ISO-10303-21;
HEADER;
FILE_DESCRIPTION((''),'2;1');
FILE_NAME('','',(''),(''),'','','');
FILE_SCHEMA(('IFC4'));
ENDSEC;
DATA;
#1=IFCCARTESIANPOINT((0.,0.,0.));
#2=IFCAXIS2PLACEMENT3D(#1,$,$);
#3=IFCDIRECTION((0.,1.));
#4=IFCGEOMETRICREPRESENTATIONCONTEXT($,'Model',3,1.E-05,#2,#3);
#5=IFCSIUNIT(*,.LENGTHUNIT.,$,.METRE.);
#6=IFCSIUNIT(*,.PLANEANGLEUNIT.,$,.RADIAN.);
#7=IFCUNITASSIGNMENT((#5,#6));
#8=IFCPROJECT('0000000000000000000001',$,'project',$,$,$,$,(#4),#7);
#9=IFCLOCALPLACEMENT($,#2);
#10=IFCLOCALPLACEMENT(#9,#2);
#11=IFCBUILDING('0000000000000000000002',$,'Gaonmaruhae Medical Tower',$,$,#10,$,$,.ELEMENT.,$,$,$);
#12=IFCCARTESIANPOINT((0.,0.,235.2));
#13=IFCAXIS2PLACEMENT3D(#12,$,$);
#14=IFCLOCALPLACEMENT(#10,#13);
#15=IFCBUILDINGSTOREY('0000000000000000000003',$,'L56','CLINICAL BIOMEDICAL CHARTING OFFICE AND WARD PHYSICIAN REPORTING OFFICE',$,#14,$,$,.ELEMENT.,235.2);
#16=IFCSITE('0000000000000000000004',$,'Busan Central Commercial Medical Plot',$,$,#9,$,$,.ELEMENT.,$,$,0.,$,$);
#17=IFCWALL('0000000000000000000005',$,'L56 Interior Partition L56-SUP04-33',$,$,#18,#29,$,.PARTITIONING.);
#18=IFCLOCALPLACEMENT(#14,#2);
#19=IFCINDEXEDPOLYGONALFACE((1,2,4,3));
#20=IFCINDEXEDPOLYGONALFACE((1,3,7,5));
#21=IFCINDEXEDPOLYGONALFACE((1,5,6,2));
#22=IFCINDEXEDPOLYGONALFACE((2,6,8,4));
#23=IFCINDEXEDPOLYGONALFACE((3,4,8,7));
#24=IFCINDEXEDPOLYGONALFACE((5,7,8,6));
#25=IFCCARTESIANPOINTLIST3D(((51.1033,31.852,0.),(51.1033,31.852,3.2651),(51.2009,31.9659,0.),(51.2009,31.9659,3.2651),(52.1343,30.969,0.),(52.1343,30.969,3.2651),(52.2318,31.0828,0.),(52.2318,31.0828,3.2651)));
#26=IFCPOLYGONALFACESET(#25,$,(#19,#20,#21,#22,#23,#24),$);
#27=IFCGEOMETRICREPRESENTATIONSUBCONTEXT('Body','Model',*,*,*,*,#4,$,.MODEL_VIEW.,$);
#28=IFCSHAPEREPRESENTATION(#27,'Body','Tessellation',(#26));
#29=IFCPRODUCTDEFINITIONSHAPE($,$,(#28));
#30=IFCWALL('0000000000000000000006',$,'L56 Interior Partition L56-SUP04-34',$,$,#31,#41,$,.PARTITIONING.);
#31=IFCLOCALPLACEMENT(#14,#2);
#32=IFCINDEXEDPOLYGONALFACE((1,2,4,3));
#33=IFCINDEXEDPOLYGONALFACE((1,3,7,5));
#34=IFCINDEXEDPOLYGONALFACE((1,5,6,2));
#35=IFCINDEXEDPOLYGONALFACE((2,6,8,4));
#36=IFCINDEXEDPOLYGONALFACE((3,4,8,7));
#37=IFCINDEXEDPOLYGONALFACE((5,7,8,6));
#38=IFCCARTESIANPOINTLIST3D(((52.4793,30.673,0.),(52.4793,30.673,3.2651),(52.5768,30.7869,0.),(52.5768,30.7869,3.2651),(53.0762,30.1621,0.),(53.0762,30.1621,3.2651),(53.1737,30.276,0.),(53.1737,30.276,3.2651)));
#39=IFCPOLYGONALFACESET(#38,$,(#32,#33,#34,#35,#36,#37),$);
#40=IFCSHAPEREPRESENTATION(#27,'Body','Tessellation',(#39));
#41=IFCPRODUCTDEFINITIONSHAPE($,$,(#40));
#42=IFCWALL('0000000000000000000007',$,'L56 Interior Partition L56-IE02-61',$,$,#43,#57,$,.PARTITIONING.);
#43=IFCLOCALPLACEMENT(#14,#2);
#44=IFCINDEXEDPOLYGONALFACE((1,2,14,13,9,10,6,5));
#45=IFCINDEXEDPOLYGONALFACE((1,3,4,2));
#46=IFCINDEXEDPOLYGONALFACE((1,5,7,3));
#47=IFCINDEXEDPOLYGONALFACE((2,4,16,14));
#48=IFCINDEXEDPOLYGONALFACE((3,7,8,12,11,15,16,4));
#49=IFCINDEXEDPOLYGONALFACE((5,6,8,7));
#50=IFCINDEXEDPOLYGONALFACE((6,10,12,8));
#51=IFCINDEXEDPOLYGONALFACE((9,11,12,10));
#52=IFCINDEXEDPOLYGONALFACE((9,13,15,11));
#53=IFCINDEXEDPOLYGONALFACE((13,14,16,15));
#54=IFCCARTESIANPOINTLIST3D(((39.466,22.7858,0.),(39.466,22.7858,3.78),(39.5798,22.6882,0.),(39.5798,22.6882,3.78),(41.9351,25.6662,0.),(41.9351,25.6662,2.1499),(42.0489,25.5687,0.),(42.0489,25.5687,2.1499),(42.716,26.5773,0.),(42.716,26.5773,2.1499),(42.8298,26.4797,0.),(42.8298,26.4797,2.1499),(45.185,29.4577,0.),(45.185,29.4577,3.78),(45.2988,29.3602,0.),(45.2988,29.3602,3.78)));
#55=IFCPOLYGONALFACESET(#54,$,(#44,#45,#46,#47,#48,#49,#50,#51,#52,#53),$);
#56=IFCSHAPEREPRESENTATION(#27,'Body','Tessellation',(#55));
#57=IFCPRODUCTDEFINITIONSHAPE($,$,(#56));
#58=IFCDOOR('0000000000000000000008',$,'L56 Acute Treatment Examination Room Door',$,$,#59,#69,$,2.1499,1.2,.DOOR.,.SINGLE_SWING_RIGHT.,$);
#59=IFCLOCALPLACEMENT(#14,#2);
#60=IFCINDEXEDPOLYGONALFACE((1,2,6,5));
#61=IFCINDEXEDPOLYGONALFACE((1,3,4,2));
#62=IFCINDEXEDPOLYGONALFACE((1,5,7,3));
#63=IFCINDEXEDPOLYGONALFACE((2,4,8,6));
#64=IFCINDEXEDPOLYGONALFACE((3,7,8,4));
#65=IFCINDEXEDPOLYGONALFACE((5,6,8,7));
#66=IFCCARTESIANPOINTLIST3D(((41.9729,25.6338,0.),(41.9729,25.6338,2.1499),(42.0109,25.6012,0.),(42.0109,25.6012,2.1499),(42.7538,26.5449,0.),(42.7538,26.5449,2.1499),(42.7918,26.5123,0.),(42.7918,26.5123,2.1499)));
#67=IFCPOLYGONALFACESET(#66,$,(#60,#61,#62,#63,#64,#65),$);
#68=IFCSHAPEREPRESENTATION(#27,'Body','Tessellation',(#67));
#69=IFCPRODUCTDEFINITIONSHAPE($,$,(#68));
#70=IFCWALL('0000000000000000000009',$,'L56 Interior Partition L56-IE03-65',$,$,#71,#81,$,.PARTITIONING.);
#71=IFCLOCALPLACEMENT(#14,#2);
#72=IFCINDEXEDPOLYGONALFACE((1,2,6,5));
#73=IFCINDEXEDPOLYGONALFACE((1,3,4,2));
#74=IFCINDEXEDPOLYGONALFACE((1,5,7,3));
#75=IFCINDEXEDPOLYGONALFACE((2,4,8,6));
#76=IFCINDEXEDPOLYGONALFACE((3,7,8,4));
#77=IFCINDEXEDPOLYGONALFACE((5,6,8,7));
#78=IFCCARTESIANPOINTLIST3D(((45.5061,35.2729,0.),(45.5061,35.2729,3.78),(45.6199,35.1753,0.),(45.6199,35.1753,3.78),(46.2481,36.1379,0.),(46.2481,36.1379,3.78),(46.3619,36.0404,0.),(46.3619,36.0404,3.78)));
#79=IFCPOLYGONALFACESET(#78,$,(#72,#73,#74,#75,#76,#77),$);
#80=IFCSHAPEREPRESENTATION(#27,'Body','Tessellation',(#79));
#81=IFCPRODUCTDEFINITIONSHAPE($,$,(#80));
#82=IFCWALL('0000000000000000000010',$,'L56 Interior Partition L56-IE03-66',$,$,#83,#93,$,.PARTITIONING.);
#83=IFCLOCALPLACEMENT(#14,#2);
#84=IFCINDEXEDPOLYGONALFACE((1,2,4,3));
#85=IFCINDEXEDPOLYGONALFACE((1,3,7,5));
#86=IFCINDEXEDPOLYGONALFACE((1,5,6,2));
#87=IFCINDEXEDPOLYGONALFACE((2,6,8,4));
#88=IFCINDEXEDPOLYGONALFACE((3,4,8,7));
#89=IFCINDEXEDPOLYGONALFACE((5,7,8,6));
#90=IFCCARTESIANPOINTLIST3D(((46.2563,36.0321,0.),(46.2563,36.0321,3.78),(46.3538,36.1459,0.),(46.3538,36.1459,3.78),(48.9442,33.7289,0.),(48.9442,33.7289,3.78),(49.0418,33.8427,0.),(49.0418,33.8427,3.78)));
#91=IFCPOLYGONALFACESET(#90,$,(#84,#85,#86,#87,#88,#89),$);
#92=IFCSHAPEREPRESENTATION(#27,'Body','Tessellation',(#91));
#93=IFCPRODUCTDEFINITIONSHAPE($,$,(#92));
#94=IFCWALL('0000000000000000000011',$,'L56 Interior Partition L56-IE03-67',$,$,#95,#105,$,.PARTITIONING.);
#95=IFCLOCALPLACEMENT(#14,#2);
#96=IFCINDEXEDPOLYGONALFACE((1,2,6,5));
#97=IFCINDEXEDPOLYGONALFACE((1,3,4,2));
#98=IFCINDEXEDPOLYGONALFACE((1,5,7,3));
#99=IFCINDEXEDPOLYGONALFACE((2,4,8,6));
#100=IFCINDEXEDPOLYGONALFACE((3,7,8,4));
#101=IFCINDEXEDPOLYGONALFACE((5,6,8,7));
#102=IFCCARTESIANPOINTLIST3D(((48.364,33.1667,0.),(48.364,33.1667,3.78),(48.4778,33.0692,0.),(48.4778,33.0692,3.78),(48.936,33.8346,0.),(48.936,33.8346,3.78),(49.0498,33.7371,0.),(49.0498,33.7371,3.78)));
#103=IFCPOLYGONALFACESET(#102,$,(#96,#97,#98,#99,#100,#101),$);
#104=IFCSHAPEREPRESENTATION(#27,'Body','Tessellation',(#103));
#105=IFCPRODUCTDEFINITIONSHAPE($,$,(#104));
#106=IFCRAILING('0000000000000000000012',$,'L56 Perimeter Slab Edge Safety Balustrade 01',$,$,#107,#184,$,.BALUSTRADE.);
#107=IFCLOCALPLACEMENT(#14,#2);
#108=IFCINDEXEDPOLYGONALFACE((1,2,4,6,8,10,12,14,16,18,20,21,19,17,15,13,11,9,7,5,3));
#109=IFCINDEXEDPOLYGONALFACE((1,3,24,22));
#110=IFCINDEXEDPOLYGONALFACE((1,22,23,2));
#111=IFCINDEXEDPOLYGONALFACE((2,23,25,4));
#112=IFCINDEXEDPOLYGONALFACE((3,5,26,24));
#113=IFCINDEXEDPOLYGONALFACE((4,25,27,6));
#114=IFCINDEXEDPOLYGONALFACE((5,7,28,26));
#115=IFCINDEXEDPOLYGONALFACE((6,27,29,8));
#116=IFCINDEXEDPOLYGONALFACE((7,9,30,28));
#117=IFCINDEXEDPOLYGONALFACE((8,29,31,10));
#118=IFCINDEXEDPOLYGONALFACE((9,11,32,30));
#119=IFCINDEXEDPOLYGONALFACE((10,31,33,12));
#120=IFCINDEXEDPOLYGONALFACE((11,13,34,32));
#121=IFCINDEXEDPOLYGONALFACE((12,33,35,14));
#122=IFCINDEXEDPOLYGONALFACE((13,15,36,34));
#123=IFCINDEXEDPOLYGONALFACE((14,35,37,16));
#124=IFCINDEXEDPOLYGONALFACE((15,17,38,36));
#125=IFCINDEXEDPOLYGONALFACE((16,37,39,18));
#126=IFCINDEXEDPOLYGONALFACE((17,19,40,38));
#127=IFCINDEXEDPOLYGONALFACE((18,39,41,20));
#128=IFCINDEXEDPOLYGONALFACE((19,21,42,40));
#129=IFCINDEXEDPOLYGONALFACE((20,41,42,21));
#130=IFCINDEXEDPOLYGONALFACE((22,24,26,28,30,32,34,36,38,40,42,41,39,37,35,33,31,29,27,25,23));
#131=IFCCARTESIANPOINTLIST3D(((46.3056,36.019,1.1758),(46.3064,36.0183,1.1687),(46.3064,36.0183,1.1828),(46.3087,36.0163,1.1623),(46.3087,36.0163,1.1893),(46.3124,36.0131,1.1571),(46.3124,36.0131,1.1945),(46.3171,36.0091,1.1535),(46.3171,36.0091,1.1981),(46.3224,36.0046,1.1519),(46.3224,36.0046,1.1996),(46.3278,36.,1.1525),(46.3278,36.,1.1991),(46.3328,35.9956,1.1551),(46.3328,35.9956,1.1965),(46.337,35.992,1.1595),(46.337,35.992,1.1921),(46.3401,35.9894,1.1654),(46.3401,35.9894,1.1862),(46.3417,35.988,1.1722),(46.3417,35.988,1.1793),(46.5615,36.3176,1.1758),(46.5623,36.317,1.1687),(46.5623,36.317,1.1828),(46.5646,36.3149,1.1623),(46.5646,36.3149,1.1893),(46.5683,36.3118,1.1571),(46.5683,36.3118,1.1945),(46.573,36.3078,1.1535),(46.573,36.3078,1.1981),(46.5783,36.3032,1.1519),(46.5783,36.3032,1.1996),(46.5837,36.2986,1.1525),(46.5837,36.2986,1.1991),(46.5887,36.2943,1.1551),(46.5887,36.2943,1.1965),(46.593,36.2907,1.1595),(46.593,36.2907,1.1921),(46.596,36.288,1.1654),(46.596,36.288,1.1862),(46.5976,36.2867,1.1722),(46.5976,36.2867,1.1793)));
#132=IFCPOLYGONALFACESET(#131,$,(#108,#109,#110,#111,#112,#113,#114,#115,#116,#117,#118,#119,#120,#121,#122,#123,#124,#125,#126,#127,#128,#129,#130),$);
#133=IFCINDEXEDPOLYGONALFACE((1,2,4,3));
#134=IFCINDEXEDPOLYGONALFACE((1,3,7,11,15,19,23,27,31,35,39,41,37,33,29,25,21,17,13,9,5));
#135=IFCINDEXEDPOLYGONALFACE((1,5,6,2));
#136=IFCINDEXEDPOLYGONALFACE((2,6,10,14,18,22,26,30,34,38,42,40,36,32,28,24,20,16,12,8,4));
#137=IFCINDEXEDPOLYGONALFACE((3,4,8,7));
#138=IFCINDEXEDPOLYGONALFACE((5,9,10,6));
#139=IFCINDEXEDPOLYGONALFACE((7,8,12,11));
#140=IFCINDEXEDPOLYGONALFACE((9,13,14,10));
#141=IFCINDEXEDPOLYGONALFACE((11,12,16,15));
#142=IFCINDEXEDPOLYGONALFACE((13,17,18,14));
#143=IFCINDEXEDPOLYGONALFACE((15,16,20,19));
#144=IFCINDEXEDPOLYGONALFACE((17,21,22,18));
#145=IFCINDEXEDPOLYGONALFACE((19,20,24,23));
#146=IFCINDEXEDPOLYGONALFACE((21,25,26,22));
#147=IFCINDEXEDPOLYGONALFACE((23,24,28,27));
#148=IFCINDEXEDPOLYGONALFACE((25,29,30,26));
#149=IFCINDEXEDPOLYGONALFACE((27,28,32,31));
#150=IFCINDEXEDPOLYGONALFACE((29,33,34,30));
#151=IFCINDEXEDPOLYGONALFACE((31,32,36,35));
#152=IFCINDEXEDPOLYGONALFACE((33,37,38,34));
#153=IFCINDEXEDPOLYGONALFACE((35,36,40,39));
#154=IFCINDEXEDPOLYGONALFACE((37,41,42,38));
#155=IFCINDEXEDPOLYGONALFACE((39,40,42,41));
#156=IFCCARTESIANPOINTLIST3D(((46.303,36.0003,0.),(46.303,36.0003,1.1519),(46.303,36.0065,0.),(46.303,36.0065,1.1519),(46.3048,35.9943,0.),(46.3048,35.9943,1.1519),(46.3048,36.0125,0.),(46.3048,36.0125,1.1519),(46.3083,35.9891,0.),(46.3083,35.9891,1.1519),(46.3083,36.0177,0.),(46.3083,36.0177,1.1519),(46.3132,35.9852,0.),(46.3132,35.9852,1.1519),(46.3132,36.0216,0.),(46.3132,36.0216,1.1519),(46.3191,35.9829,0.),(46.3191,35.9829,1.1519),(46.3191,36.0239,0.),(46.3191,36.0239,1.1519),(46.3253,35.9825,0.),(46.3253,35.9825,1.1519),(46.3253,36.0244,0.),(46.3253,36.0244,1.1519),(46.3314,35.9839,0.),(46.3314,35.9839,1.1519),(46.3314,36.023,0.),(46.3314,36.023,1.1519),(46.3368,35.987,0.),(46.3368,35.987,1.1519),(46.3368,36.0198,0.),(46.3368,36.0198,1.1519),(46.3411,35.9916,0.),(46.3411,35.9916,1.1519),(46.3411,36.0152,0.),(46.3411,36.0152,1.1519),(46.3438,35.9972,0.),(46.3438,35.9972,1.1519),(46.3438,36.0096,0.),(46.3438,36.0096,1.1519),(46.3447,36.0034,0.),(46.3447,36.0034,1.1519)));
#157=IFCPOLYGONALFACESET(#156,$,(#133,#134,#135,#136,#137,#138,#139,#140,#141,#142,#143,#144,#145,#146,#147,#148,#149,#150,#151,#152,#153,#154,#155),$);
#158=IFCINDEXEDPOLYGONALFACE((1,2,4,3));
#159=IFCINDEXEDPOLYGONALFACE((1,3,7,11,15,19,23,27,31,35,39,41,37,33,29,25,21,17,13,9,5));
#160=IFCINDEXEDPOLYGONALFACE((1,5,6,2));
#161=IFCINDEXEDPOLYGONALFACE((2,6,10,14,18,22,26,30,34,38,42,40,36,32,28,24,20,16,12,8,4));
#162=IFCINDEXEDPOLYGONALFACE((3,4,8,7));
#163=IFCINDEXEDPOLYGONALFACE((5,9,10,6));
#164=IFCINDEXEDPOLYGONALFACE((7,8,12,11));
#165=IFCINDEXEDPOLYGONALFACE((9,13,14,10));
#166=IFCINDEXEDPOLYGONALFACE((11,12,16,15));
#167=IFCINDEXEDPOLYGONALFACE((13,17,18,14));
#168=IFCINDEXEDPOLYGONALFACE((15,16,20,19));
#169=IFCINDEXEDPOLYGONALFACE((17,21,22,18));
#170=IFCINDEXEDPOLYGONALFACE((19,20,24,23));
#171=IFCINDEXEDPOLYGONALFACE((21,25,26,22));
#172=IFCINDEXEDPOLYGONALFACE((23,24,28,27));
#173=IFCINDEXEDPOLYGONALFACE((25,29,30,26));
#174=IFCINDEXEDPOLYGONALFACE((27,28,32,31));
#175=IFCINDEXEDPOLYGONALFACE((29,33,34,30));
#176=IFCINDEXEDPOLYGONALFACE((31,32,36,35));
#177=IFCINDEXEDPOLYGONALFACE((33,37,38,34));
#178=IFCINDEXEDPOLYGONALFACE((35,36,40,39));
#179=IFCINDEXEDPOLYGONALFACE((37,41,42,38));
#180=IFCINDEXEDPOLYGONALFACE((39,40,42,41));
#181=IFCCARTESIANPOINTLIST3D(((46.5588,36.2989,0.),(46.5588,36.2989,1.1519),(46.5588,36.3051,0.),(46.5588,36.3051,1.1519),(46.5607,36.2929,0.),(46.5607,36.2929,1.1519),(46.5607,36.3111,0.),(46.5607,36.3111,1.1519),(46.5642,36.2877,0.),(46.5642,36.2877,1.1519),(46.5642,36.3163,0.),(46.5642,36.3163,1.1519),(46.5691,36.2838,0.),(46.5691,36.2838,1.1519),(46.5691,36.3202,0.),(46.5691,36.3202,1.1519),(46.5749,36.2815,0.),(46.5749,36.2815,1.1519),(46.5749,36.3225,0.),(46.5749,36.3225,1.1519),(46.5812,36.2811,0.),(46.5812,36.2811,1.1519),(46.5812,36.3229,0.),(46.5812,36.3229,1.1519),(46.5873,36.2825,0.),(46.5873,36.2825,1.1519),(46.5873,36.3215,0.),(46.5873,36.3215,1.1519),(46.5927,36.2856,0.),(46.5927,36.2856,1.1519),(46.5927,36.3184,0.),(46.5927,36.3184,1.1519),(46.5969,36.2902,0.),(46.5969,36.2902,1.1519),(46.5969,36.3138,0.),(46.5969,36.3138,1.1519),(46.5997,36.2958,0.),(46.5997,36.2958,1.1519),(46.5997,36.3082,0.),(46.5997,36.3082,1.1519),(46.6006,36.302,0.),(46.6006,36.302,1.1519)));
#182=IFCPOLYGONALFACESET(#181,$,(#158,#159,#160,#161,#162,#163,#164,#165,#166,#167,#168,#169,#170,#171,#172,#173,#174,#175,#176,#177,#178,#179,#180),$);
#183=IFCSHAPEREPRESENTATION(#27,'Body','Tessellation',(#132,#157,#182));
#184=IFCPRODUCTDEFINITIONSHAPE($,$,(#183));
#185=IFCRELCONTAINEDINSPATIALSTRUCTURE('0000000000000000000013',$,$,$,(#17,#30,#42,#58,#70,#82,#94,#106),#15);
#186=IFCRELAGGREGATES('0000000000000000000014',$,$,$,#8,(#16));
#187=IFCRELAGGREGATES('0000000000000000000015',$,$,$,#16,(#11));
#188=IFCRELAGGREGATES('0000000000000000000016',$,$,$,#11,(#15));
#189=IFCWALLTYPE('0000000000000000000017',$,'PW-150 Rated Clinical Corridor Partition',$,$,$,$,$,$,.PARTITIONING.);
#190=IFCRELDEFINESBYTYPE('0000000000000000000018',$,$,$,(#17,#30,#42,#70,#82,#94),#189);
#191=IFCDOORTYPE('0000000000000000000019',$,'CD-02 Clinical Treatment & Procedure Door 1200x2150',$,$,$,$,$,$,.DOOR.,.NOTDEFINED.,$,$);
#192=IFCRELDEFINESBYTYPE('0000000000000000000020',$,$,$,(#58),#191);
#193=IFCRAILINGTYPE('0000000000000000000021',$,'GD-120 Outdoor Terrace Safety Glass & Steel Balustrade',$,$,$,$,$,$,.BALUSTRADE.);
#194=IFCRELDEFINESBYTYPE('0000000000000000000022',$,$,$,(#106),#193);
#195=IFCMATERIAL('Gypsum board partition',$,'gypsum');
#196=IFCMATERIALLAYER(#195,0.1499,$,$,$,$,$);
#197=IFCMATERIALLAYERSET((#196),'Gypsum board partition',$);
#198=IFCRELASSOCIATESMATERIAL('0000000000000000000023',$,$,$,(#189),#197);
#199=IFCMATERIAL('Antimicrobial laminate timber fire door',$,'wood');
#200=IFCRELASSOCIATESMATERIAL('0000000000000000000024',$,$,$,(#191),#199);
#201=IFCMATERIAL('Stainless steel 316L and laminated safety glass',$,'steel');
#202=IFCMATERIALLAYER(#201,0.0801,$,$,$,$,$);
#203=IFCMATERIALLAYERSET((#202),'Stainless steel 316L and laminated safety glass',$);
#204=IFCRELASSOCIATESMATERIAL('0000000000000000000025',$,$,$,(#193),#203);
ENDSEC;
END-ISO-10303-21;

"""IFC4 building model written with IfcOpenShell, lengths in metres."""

from ifc_helpers import new_model, si_unit, direction, frame, frame_2d, origin, origin_2d, place, context, subcontext, project, spatial, rectangle, circle, extrude, material, layer, layer_set, type_object, element, fill, save


model = new_model("IFC4")

# Units and contexts
model_context = context("Model", 3, precision=1e-05, world=origin(), true_north=direction((0.0, 1.0)))
body_context = subcontext(model_context, "Body", "Model", "MODEL_VIEW")
ifc_project = project(units=[si_unit("LENGTHUNIT", "METRE"), si_unit("PLANEANGLEUNIT", "RADIAN")], contexts=[model_context])

# Site, building, storey
site_placement = place(None, origin())
site = spatial("IfcSite", under=ifc_project, at=site_placement, Name="Busan Central Commercial Medical Plot", CompositionType="ELEMENT", RefElevation=0.0)
building_placement = place(site_placement, origin())
building = spatial("IfcBuilding", under=site, at=building_placement, Name="Gaonmaruhae Medical Tower", CompositionType="ELEMENT")
storey_placement = place(building_placement, frame((0.0, 0.0, 235.2)))
storey = spatial("IfcBuildingStorey", under=building, at=storey_placement, Name="L56", Description="CLINICAL BIOMEDICAL CHARTING OFFICE AND WARD PHYSICIAN REPORTING OFFICE", CompositionType="ELEMENT", Elevation=235.2)

# Shared definitions
ifc_material_1 = material(Name="Gypsum board partition", Category="gypsum")
ifc_layer_1 = layer(ifc_material_1, 0.1499)
ifc_layer_set_1 = layer_set([ifc_layer_1], Name="Gypsum board partition")
wall_type_1 = type_object("IfcWallType", Name="PW-150 Rated Clinical Corridor Partition", PredefinedType="PARTITIONING", material=ifc_layer_set_1)
ifc_material_2 = material(Name="Antimicrobial laminate timber fire door", Category="wood")
door_type = type_object("IfcDoorType", Name="CD-02 Clinical Treatment & Procedure Door 1200x2150", OperationType="NOTDEFINED", PredefinedType="DOOR", material=ifc_material_2)

# Walls
wall_1_placement = place(storey_placement, frame((51.1521, 31.9089, 0.0), z_axis=(0.0, 0.0, 1.0), x_axis=(0.759498, -0.65051, 0.0)))
element("IfcWall", 1, at=wall_1_placement, inside=storey, type_object=wall_type_1, Name="L56 Interior Partition L56-SUP04-33", PredefinedType="PARTITIONING", context=body_context, shape_type="SweptSolid", body=[
    extrude(rectangle(XDim=1.3574, YDim=0.1499, at=frame_2d((0.6787, 0.0))), origin(), (0.0, 0.0, 1.0), 3.2651),
])
wall_2_placement = place(storey_placement, frame((52.5281, 30.73, 0.0), z_axis=(0.0, 0.0, 1.0), x_axis=(0.759673, -0.650305, 0.0)))
element("IfcWall", 2, at=wall_2_placement, inside=storey, type_object=wall_type_1, Name="L56 Interior Partition L56-SUP04-34", PredefinedType="PARTITIONING", context=body_context, shape_type="SweptSolid", body=[
    extrude(rectangle(XDim=0.7856, YDim=0.1499, at=frame_2d((0.3928, 0.0))), origin(), (0.0, 0.0, 1.0), 3.2651),
])

# Wall, opening, door
wall_3_placement = place(storey_placement, frame((45.2419, 29.4089, 0.0), z_axis=(0.0, 0.0, 1.0), x_axis=(-0.650807, -0.759243, 0.0)))
wall_3 = element("IfcWall", 3, at=wall_3_placement, inside=storey, type_object=wall_type_1, Name="L56 Interior Partition L56-IE02-61", PredefinedType="PARTITIONING", context=body_context, shape_type="SweptSolid", body=[
    extrude(rectangle(XDim=8.7876, YDim=0.1499, at=frame_2d((4.3938, 0.0))), origin(), (0.0, 0.0, 1.0), 3.78),
])
opening_1_placement = place(wall_3_placement, frame((3.7937, 0.0, 0.0)))
opening_1 = element("IfcOpeningElement", 4, at=opening_1_placement, cuts=wall_3, PredefinedType="OPENING", context=body_context, shape_type="SweptSolid", body=[
    extrude(rectangle(XDim=1.2, YDim=2.1499, at=frame_2d((0.6001, 1.075))), frame((0.0, 0.085, 0.0), z_axis=(0.0, -1.0, 0.0), x_axis=(1.0, 0.0, 0.0)), (0.0, 0.0, 1.0), 0.1699),
])
door_1_placement = place(opening_1_placement, origin())
door_1 = element("IfcDoor", 5, at=door_1_placement, inside=storey, type_object=door_type, Name="L56 Acute Treatment Examination Room Door", OperationType="SINGLE_SWING_RIGHT", OverallHeight=2.1499, OverallWidth=1.2, PredefinedType="DOOR", context=body_context, shape_type="SweptSolid", body=[
    extrude(rectangle(XDim=1.2, YDim=2.1499, at=frame_2d((0.6001, 1.075))), frame((0.0, 0.0249, 0.0), z_axis=(0.0, -1.0, 0.0), x_axis=(1.0, 0.0, 0.0)), (0.0, 0.0, 1.0), 0.05),
])
fill(opening_1, door_1)

# Walls
wall_4_placement = place(storey_placement, frame((45.563, 35.2241, 0.0), z_axis=(0.0, 0.0, 1.0), x_axis=(0.651056, 0.75903, 0.0)))
element("IfcWall", 6, at=wall_4_placement, inside=storey, type_object=wall_type_1, Name="L56 Interior Partition L56-IE03-65", PredefinedType="PARTITIONING", context=body_context, shape_type="SweptSolid", body=[
    extrude(rectangle(XDim=1.1396, YDim=0.1499, at=frame_2d((0.5698, 0.0))), origin(), (0.0, 0.0, 1.0), 3.78),
])
wall_5_placement = place(storey_placement, frame((46.3049, 36.0891, 0.0), z_axis=(0.0, 0.0, 1.0), x_axis=(0.759364, -0.650666, 0.0)))
element("IfcWall", 7, at=wall_5_placement, inside=storey, type_object=wall_type_1, Name="L56 Interior Partition L56-IE03-66", PredefinedType="PARTITIONING", context=body_context, shape_type="SweptSolid", body=[
    extrude(rectangle(XDim=3.5398, YDim=0.1499, at=frame_2d((1.77, 0.0))), origin(), (0.0, 0.0, 1.0), 3.78),
])
wall_6_placement = place(storey_placement, frame((48.9929, 33.7859, 0.0), z_axis=(0.0, 0.0, 1.0), x_axis=(-0.650448, -0.75955, 0.0)))
element("IfcWall", 8, at=wall_6_placement, inside=storey, type_object=wall_type_1, Name="L56 Interior Partition L56-IE03-67", PredefinedType="PARTITIONING", context=body_context, shape_type="SweptSolid", body=[
    extrude(rectangle(XDim=0.8794, YDim=0.1499, at=frame_2d((0.4397, 0.0))), origin(), (0.0, 0.0, 1.0), 3.78),
])

# Railing
ifc_material_3 = material(Name="Stainless steel 316L and laminated safety glass", Category="steel")
ifc_layer_2 = layer(ifc_material_3, 0.0801)
ifc_layer_set_2 = layer_set([ifc_layer_2], Name="Stainless steel 316L and laminated safety glass")
railing_type = type_object("IfcRailingType", Name="GD-120 Outdoor Terrace Safety Glass & Steel Balustrade", PredefinedType="BALUSTRADE", material=ifc_layer_set_2)
railing_1_placement = place(storey_placement, frame((46.3237, 36.0034, 0.0)))
element("IfcRailing", 9, at=railing_1_placement, inside=storey, type_object=railing_type, Name="L56 Perimeter Slab Edge Safety Balustrade 01", PredefinedType="BALUSTRADE", context=body_context, shape_type="SweptSolid", body=[
    extrude(circle(Radius=0.0239, at=origin_2d()), frame((0.0, 0.0, 1.1758), z_axis=(0.650689, 0.759344, 0.0), x_axis=(-0.759344, 0.650689, 0.0)), (0.0, 0.0, 1.0), 0.3933),
    extrude(circle(Radius=0.021, at=origin_2d()), origin(), (0.0, 0.0, 1.0), 1.1519),
    extrude(circle(Radius=0.021, at=origin_2d()), frame((0.2559, 0.2986, 0.0)), (0.0, 0.0, 1.0), 1.1519),
])

save(model, "model.ifc")
